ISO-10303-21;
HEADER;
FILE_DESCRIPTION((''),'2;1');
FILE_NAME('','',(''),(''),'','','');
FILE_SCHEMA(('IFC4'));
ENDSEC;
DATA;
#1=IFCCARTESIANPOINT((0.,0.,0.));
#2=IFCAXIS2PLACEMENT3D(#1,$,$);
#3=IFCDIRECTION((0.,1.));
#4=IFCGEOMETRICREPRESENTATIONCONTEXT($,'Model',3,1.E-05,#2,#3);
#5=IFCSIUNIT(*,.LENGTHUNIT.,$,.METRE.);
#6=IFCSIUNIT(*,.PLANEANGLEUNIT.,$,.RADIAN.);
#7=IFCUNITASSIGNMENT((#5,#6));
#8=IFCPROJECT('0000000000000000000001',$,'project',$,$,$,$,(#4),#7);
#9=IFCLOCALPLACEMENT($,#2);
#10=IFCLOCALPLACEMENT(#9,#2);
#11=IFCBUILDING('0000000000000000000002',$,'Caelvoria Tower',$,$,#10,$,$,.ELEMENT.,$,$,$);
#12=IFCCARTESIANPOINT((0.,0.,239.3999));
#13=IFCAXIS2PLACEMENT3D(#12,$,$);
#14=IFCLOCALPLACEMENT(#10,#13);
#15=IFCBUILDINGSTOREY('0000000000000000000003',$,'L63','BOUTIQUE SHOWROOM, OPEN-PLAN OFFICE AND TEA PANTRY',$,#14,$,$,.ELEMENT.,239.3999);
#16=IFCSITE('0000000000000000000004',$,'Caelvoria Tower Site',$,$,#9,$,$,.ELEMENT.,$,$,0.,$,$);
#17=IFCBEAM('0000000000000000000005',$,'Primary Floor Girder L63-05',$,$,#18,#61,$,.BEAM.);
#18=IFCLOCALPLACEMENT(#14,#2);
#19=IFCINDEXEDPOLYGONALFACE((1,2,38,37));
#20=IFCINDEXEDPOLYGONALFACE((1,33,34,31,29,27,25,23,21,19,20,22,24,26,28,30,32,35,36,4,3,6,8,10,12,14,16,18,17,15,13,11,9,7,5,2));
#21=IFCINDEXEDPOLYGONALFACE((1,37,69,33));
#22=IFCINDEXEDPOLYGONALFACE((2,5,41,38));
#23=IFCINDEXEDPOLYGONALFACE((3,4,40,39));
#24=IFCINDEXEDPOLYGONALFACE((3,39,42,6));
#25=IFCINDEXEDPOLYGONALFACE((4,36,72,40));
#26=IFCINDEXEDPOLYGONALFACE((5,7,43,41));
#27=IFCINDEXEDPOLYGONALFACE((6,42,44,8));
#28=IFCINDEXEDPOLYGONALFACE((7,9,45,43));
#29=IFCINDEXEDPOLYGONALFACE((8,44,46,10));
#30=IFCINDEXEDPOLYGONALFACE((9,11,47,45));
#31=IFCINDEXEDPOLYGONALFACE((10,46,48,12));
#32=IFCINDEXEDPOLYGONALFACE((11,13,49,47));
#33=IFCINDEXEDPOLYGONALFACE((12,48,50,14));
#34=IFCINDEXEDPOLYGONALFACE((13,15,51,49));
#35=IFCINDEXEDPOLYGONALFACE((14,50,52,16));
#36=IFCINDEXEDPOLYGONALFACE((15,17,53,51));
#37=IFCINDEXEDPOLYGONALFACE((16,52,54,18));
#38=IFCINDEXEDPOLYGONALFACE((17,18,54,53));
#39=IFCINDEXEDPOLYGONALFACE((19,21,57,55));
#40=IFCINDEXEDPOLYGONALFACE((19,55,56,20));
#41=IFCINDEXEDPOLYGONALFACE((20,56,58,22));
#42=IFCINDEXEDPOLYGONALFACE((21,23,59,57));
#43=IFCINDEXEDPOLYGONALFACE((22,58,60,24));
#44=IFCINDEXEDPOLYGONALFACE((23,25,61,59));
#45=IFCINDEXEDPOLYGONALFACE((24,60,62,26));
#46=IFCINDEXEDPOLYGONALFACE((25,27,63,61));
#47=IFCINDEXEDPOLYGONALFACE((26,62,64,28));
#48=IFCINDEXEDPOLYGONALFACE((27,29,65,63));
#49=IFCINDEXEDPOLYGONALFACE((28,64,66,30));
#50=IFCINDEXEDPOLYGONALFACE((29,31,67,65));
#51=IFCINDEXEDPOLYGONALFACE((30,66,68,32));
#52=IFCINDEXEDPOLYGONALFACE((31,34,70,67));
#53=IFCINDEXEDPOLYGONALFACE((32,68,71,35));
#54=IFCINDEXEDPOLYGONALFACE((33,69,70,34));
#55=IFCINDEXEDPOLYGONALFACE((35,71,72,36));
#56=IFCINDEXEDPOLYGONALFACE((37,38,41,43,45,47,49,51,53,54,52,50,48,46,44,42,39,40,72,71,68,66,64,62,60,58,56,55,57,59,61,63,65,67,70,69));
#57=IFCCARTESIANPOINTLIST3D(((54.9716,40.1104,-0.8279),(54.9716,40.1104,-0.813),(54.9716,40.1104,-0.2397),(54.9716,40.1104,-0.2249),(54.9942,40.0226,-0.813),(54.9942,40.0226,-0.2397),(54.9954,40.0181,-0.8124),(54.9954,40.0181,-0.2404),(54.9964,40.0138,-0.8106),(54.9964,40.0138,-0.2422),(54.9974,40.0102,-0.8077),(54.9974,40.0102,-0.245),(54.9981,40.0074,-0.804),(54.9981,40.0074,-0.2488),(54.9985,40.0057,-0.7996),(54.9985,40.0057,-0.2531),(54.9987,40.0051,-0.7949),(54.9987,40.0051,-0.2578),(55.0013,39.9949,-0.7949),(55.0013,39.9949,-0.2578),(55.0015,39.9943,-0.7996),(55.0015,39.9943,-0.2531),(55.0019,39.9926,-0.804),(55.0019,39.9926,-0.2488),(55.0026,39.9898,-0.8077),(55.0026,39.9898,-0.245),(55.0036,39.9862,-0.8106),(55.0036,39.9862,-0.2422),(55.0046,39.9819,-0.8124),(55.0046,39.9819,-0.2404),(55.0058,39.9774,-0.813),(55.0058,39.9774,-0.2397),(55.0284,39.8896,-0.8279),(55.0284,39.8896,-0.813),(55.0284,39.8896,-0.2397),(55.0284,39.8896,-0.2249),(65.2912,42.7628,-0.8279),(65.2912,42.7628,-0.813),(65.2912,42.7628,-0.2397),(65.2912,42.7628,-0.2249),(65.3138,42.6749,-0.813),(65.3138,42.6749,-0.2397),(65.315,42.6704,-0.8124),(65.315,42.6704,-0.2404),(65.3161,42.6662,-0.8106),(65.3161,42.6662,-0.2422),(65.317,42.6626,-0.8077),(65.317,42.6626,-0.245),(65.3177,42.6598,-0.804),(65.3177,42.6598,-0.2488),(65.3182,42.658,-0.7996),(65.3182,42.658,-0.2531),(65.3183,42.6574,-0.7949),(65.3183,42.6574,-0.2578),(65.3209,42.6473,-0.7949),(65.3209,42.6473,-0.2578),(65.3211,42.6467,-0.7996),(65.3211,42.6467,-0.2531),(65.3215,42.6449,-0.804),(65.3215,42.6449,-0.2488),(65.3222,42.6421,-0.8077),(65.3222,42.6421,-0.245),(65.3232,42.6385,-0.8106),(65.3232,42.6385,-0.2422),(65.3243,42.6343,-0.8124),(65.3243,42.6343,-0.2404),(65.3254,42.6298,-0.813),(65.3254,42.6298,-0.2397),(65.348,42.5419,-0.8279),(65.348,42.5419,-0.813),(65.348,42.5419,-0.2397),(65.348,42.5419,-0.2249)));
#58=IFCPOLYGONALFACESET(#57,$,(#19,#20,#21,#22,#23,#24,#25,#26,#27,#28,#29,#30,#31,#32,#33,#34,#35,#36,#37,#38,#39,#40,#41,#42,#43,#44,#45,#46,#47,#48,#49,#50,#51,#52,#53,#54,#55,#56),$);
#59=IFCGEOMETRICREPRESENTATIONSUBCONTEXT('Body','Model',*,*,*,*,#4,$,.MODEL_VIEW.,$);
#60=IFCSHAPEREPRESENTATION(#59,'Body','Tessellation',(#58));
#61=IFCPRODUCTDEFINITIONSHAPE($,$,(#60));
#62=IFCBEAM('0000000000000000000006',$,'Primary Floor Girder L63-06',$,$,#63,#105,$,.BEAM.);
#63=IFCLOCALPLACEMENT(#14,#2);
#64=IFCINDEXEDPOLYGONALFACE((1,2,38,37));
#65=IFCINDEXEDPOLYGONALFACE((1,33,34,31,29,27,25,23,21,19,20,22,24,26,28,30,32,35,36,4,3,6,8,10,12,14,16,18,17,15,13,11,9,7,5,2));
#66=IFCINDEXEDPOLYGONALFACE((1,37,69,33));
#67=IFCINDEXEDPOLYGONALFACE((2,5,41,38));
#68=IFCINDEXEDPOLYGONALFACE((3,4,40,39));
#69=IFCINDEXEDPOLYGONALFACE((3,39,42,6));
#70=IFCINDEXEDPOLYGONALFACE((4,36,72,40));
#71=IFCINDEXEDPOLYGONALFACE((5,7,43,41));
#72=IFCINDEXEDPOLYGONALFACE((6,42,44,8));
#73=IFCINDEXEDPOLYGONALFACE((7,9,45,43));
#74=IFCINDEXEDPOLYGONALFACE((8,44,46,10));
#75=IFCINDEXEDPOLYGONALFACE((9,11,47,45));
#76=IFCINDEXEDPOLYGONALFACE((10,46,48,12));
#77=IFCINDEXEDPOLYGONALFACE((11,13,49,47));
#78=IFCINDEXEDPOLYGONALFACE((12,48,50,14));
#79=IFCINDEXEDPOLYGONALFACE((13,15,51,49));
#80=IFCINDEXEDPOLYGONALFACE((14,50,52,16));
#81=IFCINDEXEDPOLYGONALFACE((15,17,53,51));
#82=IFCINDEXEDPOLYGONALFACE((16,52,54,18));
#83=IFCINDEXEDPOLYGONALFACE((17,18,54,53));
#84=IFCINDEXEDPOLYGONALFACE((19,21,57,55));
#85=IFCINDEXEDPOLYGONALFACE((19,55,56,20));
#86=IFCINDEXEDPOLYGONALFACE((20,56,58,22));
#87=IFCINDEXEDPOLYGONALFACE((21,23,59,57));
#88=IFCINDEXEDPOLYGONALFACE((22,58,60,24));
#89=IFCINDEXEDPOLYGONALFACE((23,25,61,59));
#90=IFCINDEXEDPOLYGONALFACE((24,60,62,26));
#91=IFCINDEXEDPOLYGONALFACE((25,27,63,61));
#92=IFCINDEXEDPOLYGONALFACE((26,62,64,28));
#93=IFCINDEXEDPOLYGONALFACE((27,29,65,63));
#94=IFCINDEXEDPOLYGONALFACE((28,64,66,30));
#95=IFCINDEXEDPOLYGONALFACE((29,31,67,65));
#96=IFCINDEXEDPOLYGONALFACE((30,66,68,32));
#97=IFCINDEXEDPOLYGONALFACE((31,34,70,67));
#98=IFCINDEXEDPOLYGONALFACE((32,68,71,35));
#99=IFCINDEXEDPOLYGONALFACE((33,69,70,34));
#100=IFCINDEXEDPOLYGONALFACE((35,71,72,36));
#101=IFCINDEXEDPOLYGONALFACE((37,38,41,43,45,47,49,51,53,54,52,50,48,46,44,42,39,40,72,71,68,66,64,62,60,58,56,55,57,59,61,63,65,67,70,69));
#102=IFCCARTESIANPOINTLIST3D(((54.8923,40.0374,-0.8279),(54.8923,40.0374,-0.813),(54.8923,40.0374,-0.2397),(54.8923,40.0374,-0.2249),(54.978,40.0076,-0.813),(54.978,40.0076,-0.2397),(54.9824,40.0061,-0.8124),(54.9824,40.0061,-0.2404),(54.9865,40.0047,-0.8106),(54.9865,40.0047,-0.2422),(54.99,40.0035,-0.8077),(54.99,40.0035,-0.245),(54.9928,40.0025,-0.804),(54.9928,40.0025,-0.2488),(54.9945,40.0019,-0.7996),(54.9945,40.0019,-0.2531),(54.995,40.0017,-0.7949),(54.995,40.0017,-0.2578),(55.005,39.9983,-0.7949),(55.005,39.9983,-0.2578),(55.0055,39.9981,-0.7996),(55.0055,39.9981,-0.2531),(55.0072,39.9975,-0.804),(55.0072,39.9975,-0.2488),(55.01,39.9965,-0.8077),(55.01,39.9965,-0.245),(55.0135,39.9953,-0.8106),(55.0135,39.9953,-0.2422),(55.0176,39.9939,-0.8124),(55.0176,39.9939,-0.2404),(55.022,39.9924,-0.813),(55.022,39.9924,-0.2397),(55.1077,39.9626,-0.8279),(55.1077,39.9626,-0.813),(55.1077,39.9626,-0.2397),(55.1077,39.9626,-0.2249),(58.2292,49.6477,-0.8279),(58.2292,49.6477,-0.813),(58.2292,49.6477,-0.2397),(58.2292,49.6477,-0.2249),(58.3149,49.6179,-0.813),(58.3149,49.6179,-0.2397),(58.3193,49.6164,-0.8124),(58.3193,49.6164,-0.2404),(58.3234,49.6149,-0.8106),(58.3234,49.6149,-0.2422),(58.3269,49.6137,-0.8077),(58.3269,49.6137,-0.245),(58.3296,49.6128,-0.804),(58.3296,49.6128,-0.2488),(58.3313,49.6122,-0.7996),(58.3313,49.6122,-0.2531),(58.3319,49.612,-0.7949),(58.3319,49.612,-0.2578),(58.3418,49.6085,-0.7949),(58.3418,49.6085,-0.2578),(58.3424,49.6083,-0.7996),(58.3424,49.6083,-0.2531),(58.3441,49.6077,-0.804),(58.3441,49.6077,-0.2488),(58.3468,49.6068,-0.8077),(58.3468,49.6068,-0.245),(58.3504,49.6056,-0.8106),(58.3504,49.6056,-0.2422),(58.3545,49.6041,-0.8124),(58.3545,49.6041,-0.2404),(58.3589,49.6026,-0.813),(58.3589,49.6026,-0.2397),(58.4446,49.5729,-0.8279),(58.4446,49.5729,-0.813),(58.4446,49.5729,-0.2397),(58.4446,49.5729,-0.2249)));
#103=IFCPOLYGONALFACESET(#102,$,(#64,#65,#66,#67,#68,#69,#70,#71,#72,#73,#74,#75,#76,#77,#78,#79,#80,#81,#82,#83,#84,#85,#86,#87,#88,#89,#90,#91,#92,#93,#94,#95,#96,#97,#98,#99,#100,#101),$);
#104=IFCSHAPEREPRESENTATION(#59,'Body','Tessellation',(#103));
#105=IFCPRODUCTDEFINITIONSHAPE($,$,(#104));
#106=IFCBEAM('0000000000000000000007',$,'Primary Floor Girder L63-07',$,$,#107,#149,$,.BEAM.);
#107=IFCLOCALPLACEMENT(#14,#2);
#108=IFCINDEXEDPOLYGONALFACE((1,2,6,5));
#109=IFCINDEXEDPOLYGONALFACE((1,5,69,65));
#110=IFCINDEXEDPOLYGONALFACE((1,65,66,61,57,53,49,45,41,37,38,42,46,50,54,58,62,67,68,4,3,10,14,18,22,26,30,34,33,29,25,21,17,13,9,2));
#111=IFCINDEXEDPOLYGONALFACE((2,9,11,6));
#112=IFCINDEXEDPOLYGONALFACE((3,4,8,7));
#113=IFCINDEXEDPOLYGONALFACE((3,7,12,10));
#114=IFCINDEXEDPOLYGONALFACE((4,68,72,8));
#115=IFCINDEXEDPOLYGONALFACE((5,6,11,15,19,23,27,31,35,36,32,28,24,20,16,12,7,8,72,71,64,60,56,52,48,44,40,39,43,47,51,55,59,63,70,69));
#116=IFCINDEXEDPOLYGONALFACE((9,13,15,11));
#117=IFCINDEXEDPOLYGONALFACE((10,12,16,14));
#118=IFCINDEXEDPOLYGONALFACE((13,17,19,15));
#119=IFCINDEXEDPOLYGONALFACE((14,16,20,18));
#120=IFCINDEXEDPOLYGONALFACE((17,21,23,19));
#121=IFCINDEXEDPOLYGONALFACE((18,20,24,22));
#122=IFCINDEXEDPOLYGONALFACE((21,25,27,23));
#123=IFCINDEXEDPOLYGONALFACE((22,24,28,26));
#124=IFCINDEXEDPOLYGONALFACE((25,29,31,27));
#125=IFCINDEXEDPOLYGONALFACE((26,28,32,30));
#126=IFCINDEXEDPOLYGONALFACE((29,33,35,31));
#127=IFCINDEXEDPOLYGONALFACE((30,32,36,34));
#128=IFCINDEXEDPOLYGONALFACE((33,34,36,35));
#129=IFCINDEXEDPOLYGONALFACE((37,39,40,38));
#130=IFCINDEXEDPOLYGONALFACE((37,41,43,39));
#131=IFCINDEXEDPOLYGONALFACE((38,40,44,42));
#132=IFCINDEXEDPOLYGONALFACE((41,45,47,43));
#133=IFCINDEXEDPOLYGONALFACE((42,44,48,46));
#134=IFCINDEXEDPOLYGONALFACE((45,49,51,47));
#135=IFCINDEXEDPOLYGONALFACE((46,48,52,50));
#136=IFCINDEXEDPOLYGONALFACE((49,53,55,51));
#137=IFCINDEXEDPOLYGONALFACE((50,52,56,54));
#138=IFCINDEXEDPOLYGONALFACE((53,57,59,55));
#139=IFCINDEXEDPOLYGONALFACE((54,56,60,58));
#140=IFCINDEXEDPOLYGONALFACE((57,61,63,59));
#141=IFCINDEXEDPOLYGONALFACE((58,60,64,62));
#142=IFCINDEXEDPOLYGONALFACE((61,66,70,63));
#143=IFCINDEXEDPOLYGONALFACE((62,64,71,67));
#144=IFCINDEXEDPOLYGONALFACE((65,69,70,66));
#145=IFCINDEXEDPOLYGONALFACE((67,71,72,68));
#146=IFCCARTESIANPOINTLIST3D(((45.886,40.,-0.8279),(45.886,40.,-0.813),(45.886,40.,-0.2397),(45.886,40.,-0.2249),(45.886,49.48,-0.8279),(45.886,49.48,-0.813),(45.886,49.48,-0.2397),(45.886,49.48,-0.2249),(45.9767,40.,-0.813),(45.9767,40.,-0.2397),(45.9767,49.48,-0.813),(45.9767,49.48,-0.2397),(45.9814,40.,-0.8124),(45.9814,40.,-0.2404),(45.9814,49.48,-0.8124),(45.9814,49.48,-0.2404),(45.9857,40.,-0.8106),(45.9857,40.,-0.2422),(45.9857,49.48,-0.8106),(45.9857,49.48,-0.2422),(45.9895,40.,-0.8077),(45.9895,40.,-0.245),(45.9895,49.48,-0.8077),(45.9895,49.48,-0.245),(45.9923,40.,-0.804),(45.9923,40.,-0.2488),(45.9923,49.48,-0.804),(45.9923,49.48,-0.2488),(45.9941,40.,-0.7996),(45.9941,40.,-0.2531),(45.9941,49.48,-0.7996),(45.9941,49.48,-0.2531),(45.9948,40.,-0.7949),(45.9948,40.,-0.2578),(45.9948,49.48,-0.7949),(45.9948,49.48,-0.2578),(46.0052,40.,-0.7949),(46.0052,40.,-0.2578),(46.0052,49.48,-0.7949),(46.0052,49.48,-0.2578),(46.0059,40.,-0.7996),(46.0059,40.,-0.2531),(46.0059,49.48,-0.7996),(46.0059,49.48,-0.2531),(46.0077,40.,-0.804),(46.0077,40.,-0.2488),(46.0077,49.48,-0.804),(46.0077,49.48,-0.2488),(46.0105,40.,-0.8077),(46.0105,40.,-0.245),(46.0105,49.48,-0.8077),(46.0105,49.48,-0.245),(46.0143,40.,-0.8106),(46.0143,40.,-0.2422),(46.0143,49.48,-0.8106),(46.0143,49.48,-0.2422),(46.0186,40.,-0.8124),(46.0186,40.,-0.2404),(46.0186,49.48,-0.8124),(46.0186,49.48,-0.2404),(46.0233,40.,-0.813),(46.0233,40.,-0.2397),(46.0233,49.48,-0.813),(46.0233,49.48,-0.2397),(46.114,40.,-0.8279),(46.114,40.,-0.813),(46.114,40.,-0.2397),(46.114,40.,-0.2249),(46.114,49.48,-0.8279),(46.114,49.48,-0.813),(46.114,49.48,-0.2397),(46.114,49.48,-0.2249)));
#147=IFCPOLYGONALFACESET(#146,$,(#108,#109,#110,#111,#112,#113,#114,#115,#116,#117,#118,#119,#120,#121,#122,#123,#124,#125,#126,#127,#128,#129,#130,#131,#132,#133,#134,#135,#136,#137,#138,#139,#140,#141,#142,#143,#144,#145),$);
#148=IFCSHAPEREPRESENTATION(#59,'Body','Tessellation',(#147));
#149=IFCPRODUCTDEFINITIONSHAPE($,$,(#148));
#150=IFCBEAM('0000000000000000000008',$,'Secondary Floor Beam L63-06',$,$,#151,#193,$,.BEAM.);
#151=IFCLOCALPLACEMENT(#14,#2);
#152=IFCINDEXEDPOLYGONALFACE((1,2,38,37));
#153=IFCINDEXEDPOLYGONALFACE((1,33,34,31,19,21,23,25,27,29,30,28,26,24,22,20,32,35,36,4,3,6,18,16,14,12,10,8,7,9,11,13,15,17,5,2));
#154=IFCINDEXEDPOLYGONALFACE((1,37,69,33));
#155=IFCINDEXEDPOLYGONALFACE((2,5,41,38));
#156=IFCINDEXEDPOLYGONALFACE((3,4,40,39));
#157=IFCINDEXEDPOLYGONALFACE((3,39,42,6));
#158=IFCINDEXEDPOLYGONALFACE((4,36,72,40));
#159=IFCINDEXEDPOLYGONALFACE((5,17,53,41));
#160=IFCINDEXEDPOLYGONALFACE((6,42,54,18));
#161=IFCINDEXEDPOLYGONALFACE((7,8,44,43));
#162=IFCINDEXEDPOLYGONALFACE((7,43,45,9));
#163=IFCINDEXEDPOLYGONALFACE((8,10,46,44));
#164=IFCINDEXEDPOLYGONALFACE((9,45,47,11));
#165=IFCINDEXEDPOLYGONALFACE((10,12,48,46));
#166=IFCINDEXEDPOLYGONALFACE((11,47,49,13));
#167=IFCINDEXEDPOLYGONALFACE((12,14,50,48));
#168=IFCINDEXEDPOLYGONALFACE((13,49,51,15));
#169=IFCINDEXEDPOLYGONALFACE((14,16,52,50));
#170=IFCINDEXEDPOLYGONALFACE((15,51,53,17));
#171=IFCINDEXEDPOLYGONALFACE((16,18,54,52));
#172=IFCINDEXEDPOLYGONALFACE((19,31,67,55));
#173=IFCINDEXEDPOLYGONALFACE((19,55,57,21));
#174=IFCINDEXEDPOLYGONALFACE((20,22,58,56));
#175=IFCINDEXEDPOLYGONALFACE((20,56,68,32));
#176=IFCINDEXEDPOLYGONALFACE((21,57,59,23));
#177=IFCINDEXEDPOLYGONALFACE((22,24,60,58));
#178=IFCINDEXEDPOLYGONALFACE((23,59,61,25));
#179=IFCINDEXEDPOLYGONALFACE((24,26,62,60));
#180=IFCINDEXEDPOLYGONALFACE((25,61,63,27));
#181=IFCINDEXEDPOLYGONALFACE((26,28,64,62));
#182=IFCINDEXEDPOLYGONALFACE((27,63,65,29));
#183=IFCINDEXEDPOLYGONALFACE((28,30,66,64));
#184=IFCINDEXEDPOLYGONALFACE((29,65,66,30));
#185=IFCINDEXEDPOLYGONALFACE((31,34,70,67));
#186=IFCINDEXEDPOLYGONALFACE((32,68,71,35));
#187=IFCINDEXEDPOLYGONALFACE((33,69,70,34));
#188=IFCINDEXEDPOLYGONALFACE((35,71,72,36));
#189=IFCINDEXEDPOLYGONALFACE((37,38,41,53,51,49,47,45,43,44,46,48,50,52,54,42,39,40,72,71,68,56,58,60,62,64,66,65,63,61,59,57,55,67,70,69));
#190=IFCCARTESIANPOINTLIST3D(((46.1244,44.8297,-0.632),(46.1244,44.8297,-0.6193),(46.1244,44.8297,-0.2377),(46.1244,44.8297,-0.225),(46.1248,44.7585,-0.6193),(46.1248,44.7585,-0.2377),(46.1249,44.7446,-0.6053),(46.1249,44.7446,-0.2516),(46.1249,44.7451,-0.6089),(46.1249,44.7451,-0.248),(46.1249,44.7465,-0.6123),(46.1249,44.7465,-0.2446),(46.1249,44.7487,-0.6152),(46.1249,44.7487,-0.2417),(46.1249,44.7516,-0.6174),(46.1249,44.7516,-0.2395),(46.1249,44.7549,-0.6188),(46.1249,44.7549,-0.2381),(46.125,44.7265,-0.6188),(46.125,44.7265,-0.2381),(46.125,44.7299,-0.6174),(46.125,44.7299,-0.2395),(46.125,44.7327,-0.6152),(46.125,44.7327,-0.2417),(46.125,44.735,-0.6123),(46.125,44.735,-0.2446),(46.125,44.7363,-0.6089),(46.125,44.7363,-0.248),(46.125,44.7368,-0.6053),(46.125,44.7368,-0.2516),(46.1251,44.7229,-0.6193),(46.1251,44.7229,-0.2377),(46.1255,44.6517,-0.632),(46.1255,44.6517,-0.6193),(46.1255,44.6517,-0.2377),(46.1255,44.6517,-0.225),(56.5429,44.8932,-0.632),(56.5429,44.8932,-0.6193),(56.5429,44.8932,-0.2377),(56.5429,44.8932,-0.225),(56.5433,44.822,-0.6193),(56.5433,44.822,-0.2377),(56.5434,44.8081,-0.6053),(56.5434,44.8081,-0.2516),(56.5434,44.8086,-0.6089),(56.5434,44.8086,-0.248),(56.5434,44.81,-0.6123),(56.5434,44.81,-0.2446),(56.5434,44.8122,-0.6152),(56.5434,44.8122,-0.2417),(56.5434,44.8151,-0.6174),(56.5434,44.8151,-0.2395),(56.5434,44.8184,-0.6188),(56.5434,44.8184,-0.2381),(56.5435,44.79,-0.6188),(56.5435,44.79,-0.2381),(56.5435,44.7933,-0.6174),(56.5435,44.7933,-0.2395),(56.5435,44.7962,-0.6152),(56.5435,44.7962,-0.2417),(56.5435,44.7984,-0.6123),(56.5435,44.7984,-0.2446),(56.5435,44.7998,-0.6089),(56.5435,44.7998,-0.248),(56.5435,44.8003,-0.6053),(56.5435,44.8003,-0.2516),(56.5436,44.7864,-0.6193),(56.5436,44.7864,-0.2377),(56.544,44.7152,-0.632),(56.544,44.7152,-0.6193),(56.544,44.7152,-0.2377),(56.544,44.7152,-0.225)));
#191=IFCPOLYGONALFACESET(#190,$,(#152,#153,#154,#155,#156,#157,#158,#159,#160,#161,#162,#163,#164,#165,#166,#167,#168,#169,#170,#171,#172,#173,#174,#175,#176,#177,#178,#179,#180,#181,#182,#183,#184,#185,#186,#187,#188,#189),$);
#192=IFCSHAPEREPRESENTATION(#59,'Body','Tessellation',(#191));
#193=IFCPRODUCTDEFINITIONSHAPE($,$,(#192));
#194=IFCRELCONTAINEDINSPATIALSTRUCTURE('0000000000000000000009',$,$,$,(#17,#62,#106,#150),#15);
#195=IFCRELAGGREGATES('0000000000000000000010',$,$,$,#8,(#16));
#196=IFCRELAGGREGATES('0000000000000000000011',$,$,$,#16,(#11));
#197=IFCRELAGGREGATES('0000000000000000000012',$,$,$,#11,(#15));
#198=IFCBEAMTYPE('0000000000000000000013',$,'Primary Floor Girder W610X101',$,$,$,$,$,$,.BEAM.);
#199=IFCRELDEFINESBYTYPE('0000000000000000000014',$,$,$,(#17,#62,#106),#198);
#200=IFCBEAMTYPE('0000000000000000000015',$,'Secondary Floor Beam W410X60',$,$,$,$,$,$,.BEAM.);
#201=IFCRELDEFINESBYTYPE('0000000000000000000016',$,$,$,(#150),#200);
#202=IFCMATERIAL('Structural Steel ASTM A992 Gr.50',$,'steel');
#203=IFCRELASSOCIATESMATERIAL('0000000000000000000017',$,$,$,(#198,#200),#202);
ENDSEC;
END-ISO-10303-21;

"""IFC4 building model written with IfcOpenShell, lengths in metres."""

from ifc_helpers import new_model, si_unit, direction, frame, origin, origin_2d, place, context, subcontext, project, spatial, i_section, extrude, material, material_profile, profile_set, type_object, element, save


model = new_model("IFC4")

# Units and contexts
model_context = context("Model", 3, precision=1e-05, world=origin(), true_north=direction((0.0, 1.0)))
body_context = subcontext(model_context, "Body", "Model", "MODEL_VIEW")
ifc_project = project(units=[si_unit("LENGTHUNIT", "METRE"), si_unit("PLANEANGLEUNIT", "RADIAN")], contexts=[model_context])

# Site, building, storey
site_placement = place(None, origin())
site = spatial("IfcSite", under=ifc_project, at=site_placement, Name="Caelvoria Tower Site", CompositionType="ELEMENT", RefElevation=0.0)
building_placement = place(site_placement, origin())
building = spatial("IfcBuilding", under=site, at=building_placement, Name="Caelvoria Tower", CompositionType="ELEMENT")
storey_placement = place(building_placement, frame((0.0, 0.0, 239.3999)))
storey = spatial("IfcBuildingStorey", under=building, at=storey_placement, Name="L63", Description="BOUTIQUE SHOWROOM, OPEN-PLAN OFFICE AND TEA PANTRY", CompositionType="ELEMENT", Elevation=239.3999)

# Shared definitions
ifc_material_1 = material(Name="Structural Steel ASTM A992 Gr.50", Category="steel")

# Beams
ifc_material_profile_1 = material_profile(ifc_material_1, i_section(OverallWidth=0.228, OverallDepth=0.603, WebThickness=0.0105, FlangeThickness=0.0149, FilletRadius=0.0181, at=origin_2d()), Name="Structural Steel ASTM A992 Gr.50")
ifc_profile_set_1 = profile_set([ifc_material_profile_1], Name="W610X101 - Structural Steel ASTM A992 Gr.50")
beam_type_1 = type_object("IfcBeamType", Name="Primary Floor Girder W610X101", PredefinedType="BEAM", material=ifc_profile_set_1)
beam_1_placement = place(storey_placement, frame((55.0, 40.0, -0.5264), z_axis=(0.968522, 0.24893, 0.0), x_axis=(-0.24893, 0.968522, 0.0)))
element("IfcBeam", 1, at=beam_1_placement, inside=storey, type_object=beam_type_1, Name="Primary Floor Girder L63-05", PredefinedType="BEAM", context=body_context, shape_type="SweptSolid", body=[
    extrude(i_section(OverallWidth=0.228, OverallDepth=0.603, WebThickness=0.0105, FlangeThickness=0.0149, FilletRadius=0.0181, at=origin_2d()), origin(), (0.0, 0.0, 1.0), 10.655),
])
beam_2_placement = place(storey_placement, frame((55.0, 40.0, -0.5264), z_axis=(0.32801, 0.944674, 0.0), x_axis=(-0.944674, 0.32801, 0.0)))
element("IfcBeam", 2, at=beam_2_placement, inside=storey, type_object=beam_type_1, Name="Primary Floor Girder L63-06", PredefinedType="BEAM", context=body_context, shape_type="SweptSolid", body=[
    extrude(i_section(OverallWidth=0.228, OverallDepth=0.603, WebThickness=0.0105, FlangeThickness=0.0149, FilletRadius=0.0181, at=origin_2d()), origin(), (0.0, 0.0, 1.0), 10.1731),
])
beam_3_placement = place(storey_placement, frame((46.0, 40.0, -0.5264), z_axis=(0.0, 1.0, 0.0), x_axis=(-1.0, 0.0, 0.0)))
element("IfcBeam", 3, at=beam_3_placement, inside=storey, type_object=beam_type_1, Name="Primary Floor Girder L63-07", PredefinedType="BEAM", context=body_context, shape_type="SweptSolid", body=[
    extrude(i_section(OverallWidth=0.228, OverallDepth=0.603, WebThickness=0.0105, FlangeThickness=0.0149, FilletRadius=0.0181, at=origin_2d()), origin(), (0.0, 0.0, 1.0), 9.48),
])
ifc_material_profile_2 = material_profile(ifc_material_1, i_section(OverallWidth=0.178, OverallDepth=0.407, WebThickness=0.0078, FlangeThickness=0.0127, FilletRadius=0.0139, at=origin_2d()), Name="Structural Steel ASTM A992 Gr.50")
ifc_profile_set_2 = profile_set([ifc_material_profile_2], Name="W410X60 - Structural Steel ASTM A992 Gr.50")
beam_type_2 = type_object("IfcBeamType", Name="Secondary Floor Beam W410X60", PredefinedType="BEAM", material=ifc_profile_set_2)
for number, where, z_axis, x_axis, name in (
    (4, (56.5435, 44.8042, -0.4285), (-0.999981, -0.006093, 0.0), (0.006093, -0.999981, 0.0), "Secondary Floor Beam L63-06"),
):
    element("IfcBeam", number, at=place(storey_placement, frame(where, z_axis=z_axis, x_axis=x_axis)), inside=storey, type_object=beam_type_2, Name=name, PredefinedType="BEAM", context=body_context, shape_type="SweptSolid", body=[
        extrude(i_section(OverallWidth=0.178, OverallDepth=0.407, WebThickness=0.0078, FlangeThickness=0.0127, FilletRadius=0.0139, at=origin_2d()), origin(), (0.0, 0.0, 1.0), 10.4187),
    ])

save(model, "model.ifc")
